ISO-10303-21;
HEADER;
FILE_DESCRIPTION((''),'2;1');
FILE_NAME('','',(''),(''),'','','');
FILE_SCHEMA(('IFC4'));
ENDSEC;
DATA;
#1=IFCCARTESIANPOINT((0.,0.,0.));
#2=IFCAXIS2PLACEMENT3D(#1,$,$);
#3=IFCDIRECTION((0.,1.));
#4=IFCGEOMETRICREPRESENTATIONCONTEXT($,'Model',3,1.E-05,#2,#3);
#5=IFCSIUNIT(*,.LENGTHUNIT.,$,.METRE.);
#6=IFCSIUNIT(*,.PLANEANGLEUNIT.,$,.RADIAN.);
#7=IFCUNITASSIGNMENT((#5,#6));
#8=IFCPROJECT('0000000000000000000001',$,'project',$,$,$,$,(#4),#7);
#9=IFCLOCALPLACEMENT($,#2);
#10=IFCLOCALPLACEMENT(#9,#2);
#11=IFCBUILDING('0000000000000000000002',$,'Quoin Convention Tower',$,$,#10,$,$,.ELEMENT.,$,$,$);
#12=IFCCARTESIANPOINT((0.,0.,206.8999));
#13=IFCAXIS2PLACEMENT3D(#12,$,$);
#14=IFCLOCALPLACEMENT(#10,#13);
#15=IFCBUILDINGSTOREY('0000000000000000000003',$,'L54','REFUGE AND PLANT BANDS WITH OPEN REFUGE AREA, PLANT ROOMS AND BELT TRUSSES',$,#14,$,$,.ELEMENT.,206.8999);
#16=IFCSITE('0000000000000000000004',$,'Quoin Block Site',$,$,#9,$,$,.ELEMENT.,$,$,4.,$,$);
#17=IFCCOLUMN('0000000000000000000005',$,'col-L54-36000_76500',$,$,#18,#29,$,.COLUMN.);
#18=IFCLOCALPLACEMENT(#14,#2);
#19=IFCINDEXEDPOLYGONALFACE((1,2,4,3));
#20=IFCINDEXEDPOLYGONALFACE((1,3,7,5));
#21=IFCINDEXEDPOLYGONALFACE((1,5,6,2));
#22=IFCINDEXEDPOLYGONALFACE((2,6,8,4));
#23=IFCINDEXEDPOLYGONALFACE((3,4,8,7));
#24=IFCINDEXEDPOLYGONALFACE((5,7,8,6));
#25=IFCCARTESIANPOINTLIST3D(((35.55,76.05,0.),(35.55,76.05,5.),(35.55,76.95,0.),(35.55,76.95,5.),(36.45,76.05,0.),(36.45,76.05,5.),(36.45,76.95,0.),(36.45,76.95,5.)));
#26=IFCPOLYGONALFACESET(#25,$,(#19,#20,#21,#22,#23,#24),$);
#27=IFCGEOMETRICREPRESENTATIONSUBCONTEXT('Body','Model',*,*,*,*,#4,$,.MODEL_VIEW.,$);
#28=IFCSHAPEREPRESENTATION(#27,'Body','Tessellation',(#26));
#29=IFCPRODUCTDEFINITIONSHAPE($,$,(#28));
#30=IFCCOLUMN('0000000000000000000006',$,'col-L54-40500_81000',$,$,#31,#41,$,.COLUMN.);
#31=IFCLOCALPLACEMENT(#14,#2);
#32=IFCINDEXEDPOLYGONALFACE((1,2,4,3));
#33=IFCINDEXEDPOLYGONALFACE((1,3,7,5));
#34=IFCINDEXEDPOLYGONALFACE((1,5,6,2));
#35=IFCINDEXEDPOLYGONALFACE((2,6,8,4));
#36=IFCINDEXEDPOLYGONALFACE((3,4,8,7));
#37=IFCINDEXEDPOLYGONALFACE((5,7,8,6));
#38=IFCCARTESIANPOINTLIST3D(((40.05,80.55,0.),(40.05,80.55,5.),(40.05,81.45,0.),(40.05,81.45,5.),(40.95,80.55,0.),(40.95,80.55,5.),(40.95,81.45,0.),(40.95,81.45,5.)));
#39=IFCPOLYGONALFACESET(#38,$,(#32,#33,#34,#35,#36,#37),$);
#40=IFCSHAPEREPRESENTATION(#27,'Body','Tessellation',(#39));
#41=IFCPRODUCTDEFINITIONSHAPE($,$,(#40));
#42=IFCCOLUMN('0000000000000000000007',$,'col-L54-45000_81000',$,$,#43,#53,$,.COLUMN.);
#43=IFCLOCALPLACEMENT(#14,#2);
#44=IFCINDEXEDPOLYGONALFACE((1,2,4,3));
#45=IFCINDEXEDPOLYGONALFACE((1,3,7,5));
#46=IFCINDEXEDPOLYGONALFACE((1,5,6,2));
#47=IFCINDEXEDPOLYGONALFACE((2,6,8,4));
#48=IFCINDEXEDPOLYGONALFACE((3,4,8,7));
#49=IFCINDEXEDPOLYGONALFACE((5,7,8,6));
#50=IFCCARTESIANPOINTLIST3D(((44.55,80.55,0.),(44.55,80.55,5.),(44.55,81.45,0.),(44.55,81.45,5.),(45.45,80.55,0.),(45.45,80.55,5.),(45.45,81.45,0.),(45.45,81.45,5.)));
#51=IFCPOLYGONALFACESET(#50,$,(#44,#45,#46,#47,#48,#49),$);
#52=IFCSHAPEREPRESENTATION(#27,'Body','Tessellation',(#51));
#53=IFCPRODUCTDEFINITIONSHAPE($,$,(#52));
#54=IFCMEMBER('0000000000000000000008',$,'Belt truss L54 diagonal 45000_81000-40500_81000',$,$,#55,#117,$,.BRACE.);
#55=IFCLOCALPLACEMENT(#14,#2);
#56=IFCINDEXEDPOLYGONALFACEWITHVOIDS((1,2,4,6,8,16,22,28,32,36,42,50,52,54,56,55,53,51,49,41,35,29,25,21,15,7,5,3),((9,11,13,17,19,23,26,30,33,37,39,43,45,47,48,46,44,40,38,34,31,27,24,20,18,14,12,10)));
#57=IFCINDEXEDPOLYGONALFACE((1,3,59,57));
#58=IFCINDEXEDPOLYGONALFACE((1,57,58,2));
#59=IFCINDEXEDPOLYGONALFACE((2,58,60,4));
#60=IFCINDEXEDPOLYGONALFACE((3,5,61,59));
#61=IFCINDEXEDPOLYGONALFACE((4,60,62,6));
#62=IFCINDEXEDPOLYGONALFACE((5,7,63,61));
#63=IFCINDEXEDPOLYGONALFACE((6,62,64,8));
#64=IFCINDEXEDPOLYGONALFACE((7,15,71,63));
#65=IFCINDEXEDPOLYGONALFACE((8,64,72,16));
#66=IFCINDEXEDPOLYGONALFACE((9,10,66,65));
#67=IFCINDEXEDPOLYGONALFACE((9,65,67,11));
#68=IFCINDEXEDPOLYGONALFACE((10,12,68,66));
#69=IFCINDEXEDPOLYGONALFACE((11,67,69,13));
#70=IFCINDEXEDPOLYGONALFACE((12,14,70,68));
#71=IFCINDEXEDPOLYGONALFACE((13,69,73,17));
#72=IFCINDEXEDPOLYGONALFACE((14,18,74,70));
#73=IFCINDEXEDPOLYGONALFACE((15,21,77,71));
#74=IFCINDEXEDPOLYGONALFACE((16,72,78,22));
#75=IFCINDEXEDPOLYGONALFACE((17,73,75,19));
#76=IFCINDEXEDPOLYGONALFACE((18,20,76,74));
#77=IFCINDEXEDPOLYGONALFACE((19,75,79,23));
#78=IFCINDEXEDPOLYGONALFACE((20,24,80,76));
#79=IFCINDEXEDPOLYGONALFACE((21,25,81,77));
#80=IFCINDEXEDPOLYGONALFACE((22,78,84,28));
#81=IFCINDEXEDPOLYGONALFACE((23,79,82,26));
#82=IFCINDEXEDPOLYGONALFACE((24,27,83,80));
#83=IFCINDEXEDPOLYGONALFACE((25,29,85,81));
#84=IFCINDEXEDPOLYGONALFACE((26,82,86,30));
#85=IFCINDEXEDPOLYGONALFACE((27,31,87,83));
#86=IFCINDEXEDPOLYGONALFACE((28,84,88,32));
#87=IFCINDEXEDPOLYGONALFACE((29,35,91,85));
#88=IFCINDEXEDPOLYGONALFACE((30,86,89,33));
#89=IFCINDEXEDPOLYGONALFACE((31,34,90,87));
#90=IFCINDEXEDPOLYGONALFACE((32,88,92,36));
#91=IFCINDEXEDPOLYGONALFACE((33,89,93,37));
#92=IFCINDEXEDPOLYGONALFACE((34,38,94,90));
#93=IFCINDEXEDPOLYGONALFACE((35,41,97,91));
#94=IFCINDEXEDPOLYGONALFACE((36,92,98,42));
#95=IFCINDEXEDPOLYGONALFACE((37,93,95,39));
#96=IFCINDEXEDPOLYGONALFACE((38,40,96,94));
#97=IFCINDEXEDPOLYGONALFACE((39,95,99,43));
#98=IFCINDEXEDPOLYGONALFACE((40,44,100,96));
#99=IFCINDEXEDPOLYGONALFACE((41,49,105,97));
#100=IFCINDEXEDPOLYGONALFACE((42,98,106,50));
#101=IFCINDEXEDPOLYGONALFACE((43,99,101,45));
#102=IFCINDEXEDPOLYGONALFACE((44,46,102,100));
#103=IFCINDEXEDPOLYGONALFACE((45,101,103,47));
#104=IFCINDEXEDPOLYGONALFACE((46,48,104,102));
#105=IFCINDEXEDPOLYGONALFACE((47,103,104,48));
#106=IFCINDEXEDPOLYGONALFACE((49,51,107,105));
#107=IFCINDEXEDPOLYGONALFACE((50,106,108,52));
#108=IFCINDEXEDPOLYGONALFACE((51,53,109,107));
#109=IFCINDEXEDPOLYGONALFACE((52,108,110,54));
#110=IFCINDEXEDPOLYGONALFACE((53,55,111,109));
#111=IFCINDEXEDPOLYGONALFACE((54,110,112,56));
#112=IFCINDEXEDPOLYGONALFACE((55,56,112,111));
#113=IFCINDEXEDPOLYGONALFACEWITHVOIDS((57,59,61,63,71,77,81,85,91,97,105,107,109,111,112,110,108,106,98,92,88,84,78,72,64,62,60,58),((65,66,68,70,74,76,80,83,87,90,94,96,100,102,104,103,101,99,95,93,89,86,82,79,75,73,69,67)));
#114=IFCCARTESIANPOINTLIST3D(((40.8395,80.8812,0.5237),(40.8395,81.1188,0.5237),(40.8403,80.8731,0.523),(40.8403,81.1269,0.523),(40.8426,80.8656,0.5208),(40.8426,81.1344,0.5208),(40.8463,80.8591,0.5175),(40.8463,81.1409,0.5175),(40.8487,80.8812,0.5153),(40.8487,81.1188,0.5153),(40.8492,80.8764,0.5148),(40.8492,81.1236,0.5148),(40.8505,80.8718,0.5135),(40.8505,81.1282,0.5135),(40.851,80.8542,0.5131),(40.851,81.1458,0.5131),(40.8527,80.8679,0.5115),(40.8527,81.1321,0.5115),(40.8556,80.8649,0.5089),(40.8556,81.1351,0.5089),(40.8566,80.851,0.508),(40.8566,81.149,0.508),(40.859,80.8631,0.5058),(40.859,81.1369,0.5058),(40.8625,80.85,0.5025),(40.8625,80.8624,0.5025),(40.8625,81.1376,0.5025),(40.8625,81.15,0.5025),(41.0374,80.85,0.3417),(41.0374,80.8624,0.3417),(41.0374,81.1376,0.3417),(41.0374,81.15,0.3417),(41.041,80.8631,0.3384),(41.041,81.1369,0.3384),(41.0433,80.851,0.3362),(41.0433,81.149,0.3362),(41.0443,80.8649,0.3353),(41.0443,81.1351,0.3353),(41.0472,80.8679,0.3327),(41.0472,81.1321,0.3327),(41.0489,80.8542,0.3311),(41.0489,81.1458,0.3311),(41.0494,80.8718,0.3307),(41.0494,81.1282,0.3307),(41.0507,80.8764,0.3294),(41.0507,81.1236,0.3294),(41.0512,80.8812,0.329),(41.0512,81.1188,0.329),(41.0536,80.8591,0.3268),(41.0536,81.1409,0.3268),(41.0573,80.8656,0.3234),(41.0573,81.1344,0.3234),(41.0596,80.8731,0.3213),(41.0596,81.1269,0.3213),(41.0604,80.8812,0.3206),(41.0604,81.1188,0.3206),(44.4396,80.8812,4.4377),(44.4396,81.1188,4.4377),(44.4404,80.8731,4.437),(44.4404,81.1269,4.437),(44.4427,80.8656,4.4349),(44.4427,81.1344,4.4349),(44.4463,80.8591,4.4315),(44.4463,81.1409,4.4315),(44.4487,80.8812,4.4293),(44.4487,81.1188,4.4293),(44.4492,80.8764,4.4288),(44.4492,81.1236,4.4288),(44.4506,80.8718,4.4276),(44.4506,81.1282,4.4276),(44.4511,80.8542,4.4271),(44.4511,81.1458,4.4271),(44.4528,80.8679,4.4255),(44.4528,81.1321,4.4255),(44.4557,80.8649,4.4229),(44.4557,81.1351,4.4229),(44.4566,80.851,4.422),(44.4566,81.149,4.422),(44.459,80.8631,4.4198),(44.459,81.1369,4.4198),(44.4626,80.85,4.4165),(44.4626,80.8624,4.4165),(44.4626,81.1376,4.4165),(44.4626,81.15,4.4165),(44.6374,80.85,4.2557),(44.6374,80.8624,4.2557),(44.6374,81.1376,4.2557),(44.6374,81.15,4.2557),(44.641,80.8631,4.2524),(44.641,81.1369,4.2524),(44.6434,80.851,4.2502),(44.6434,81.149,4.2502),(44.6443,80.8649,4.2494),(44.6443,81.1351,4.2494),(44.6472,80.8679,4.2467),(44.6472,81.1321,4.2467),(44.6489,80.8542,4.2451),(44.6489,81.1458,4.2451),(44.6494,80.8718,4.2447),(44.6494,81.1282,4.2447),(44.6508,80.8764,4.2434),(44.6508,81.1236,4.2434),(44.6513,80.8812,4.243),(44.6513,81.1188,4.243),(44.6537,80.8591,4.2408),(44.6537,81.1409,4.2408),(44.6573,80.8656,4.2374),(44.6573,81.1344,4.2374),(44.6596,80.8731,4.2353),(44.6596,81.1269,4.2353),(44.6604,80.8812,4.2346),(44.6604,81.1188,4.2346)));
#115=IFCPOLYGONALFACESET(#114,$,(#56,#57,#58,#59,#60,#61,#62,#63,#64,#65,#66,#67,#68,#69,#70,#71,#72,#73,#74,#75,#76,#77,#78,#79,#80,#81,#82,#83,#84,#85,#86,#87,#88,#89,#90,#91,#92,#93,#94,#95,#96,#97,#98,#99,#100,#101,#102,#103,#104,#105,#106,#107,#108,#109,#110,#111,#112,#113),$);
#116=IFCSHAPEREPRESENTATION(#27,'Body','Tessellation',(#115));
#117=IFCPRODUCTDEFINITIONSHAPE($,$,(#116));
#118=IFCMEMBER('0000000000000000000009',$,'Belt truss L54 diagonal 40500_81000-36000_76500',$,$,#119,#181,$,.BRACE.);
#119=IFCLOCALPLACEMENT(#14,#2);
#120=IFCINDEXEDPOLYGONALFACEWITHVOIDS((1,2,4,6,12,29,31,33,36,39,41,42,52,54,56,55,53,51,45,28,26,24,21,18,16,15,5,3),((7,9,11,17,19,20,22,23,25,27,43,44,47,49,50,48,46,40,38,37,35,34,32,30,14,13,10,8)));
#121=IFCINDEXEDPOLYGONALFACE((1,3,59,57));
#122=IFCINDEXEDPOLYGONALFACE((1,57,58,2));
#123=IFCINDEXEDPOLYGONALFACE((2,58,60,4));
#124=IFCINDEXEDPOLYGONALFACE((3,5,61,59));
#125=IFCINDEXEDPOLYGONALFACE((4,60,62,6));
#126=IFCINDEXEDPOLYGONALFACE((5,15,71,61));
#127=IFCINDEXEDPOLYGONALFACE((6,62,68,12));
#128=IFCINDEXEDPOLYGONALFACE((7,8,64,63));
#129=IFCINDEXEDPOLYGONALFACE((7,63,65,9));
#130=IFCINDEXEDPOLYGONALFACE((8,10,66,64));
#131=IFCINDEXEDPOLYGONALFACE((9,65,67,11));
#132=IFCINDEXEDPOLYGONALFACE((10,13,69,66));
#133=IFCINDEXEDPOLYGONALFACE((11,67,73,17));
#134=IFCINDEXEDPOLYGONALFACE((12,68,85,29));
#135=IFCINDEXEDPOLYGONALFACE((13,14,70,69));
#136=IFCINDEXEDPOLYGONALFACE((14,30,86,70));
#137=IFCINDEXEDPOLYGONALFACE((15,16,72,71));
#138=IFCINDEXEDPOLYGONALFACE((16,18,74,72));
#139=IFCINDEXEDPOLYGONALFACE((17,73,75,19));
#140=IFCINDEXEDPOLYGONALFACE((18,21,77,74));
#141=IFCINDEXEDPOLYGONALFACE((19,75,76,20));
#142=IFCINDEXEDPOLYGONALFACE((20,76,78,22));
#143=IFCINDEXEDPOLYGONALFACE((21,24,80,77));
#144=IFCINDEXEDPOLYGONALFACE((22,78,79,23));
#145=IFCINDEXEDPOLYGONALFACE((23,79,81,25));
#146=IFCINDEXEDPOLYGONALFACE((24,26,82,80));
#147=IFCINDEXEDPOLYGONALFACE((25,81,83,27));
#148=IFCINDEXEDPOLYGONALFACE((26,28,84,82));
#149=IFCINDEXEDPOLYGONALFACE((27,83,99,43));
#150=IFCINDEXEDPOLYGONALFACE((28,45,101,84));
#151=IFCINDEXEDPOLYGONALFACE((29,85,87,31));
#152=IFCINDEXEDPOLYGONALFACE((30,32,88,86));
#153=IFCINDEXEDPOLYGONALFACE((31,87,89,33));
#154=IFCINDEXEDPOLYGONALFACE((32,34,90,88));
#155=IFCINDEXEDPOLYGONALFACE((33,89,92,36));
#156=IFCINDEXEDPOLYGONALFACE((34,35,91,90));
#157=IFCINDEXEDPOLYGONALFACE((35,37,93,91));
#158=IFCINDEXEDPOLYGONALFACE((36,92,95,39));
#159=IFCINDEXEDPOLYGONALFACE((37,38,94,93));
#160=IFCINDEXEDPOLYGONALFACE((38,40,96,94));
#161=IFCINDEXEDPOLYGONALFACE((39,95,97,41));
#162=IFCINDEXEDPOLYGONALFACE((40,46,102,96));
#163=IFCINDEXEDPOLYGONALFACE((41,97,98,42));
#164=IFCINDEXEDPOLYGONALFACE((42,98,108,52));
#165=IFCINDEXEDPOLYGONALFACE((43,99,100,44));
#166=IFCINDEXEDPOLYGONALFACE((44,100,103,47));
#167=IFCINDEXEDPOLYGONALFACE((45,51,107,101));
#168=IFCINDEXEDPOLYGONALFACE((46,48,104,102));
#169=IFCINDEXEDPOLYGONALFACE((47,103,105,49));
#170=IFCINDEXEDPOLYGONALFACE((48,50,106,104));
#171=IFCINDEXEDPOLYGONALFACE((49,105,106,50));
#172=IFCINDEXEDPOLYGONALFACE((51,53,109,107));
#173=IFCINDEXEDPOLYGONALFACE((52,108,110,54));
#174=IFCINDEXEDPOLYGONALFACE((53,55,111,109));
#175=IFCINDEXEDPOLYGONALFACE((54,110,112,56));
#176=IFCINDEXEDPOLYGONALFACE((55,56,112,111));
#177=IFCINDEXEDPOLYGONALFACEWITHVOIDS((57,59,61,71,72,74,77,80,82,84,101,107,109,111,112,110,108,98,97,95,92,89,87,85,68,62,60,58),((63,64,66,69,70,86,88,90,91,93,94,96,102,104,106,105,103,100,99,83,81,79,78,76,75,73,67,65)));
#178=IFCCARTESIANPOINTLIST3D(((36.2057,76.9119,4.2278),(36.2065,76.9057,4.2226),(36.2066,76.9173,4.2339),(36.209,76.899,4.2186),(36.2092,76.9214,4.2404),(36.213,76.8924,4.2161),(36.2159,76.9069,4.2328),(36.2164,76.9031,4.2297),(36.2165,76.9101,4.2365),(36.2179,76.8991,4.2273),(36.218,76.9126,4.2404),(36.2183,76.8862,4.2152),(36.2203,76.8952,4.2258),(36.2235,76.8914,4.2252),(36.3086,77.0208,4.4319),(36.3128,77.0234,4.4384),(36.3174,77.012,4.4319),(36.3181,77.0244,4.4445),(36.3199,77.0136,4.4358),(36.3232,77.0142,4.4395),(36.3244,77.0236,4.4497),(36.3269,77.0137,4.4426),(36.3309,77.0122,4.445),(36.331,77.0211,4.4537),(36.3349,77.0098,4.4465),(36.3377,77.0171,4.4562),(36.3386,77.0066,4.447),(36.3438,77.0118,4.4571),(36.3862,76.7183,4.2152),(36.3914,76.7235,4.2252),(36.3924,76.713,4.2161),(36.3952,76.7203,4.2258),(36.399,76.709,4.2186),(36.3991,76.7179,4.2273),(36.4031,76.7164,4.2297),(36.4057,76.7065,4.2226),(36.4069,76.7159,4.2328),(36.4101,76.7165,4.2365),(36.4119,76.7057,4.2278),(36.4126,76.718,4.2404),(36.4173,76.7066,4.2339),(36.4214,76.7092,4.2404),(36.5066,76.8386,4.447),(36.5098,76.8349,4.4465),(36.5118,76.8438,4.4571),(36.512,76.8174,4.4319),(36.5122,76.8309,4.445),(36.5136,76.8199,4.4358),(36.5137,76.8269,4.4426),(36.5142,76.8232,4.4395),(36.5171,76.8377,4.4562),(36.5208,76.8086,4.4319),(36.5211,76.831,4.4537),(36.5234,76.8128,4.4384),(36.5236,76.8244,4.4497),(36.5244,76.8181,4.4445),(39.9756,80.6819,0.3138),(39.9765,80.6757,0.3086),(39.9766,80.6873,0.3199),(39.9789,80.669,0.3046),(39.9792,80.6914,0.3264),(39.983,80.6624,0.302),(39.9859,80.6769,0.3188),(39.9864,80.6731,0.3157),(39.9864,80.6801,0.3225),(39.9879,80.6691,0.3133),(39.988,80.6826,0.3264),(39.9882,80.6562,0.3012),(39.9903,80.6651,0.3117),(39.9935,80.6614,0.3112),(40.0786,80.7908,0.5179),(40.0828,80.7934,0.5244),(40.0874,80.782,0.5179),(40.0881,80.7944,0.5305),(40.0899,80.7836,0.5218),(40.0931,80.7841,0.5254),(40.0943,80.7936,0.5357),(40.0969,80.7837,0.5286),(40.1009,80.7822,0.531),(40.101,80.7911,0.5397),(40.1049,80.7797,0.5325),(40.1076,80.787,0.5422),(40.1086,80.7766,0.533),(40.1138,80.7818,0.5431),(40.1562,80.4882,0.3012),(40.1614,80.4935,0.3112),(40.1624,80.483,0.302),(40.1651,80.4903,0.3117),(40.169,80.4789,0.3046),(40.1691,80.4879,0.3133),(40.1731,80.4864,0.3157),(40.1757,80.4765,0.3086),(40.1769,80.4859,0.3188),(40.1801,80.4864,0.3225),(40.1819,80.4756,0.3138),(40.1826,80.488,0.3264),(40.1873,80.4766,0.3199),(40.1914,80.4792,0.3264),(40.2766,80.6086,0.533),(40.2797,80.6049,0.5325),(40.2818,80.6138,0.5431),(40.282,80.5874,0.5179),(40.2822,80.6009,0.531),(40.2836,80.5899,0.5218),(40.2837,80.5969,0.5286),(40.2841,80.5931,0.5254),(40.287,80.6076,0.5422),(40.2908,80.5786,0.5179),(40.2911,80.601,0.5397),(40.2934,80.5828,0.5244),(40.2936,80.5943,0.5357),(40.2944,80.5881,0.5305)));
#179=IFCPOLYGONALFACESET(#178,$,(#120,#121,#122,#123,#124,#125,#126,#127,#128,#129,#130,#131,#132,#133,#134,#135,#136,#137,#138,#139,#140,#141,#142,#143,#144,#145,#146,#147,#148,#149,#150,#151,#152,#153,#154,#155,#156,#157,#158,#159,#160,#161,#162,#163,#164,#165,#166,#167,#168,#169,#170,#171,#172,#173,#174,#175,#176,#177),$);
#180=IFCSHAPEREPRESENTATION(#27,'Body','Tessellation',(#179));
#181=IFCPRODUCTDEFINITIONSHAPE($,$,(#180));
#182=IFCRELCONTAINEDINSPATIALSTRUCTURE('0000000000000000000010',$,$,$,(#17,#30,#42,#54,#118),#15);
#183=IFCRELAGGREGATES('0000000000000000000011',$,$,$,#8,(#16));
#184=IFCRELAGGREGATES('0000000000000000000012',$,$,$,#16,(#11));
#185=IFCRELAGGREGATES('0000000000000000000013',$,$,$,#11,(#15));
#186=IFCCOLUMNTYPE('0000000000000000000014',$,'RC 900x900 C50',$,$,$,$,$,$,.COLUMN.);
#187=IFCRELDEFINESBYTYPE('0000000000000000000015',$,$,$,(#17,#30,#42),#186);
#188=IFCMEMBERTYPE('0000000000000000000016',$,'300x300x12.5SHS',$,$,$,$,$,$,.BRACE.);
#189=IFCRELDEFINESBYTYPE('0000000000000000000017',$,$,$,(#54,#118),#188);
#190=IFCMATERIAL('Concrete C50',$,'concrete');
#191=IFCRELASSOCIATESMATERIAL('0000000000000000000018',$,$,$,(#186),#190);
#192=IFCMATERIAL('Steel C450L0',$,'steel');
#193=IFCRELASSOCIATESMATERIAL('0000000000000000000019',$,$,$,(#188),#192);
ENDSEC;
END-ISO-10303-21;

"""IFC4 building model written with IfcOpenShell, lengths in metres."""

from ifc_helpers import new_model, si_unit, direction, frame, origin, origin_2d, place, context, subcontext, project, spatial, rectangle, hollow_rectangle, extrude, material, material_profile, profile_set, type_object, element, save


model = new_model("IFC4")

# Units and contexts
model_context = context("Model", 3, precision=1e-05, world=origin(), true_north=direction((0.0, 1.0)))
body_context = subcontext(model_context, "Body", "Model", "MODEL_VIEW")
ifc_project = project(units=[si_unit("LENGTHUNIT", "METRE"), si_unit("PLANEANGLEUNIT", "RADIAN")], contexts=[model_context])

# Site, building, storey
site_placement = place(None, origin())
site = spatial("IfcSite", under=ifc_project, at=site_placement, Name="Quoin Block Site", CompositionType="ELEMENT", RefElevation=4.0)
building_placement = place(site_placement, origin())
building = spatial("IfcBuilding", under=site, at=building_placement, Name="Quoin Convention Tower", CompositionType="ELEMENT")
storey_placement = place(building_placement, frame((0.0, 0.0, 206.8999)))
storey = spatial("IfcBuildingStorey", under=building, at=storey_placement, Name="L54", Description="REFUGE AND PLANT BANDS WITH OPEN REFUGE AREA, PLANT ROOMS AND BELT TRUSSES", CompositionType="ELEMENT", Elevation=206.8999)

# Columns
ifc_material_1 = material(Name="Concrete C50", Category="concrete")
ifc_material_profile_1 = material_profile(ifc_material_1, rectangle(XDim=0.8999, YDim=0.8999, at=origin_2d()), Name="RC 900x900")
ifc_profile_set_1 = profile_set([ifc_material_profile_1], Name="Concrete C50")
column_type = type_object("IfcColumnType", Name="RC 900x900 C50", PredefinedType="COLUMN", material=ifc_profile_set_1)
for number, where, z_axis, x_axis, name in (
    (1, (36.0, 76.5, 0.0), (0.0, 0.0, 1.0), (1.0, 0.0, 0.0), "col-L54-36000_76500"),
    (2, (40.5, 81.0, 0.0), (0.0, 0.0, 1.0), (1.0, 0.0, 0.0), "col-L54-40500_81000"),
    (3, (45.0, 81.0, 0.0), (0.0, 0.0, 1.0), (1.0, 0.0, 0.0), "col-L54-45000_81000"),
):
    element("IfcColumn", number, at=place(storey_placement, frame(where, z_axis=z_axis, x_axis=x_axis)), inside=storey, type_object=column_type, Name=name, PredefinedType="COLUMN", context=body_context, shape_type="SweptSolid", body=[
        extrude(rectangle(XDim=0.8999, YDim=0.8999, at=origin_2d()), origin(), (0.0, 0.0, 1.0), 5.0),
    ])

# Members
ifc_material_2 = material(Name="Steel C450L0", Category="steel")
ifc_material_profile_2 = material_profile(ifc_material_2, hollow_rectangle(XDim=0.3, YDim=0.3, WallThickness=0.0125, InnerFilletRadius=0.0188, OuterFilletRadius=0.0312, at=origin_2d()), Name="300x300x12.5SHS")
ifc_profile_set_2 = profile_set([ifc_material_profile_2], Name="Steel C450L0")
member_type_1 = type_object("IfcMemberType", Name="300x300x12.5SHS", PredefinedType="BRACE", material=ifc_profile_set_2)
member_1_placement = place(storey_placement, frame((40.95, 81.0, 0.4221), z_axis=(0.676971, 0.0, 0.73601), x_axis=(0.0, 1.0, 0.0)))
element("IfcMember", 4, at=member_1_placement, inside=storey, type_object=member_type_1, Name="Belt truss L54 diagonal 45000_81000-40500_81000", PredefinedType="BRACE", context=body_context, shape_type="SweptSolid", body=[
    extrude(hollow_rectangle(XDim=0.3, YDim=0.3, WallThickness=0.0125, InnerFilletRadius=0.0188, OuterFilletRadius=0.0312, at=origin_2d()), origin(), (0.0, 0.0, 1.0), 5.3179),
])
member_2_placement = place(storey_placement, frame((40.135, 80.635, 0.4221), z_axis=(-0.57, -0.57, 0.591778), x_axis=(0.707107, -0.707107, 0.0)))
element("IfcMember", 5, at=member_2_placement, inside=storey, type_object=member_type_1, Name="Belt truss L54 diagonal 40500_81000-36000_76500", PredefinedType="BRACE", context=body_context, shape_type="SweptSolid", body=[
    extrude(hollow_rectangle(XDim=0.3, YDim=0.3, WallThickness=0.0125, InnerFilletRadius=0.0188, OuterFilletRadius=0.0312, at=origin_2d()), origin(), (0.0, 0.0, 1.0), 6.614),
])

save(model, "model.ifc")
